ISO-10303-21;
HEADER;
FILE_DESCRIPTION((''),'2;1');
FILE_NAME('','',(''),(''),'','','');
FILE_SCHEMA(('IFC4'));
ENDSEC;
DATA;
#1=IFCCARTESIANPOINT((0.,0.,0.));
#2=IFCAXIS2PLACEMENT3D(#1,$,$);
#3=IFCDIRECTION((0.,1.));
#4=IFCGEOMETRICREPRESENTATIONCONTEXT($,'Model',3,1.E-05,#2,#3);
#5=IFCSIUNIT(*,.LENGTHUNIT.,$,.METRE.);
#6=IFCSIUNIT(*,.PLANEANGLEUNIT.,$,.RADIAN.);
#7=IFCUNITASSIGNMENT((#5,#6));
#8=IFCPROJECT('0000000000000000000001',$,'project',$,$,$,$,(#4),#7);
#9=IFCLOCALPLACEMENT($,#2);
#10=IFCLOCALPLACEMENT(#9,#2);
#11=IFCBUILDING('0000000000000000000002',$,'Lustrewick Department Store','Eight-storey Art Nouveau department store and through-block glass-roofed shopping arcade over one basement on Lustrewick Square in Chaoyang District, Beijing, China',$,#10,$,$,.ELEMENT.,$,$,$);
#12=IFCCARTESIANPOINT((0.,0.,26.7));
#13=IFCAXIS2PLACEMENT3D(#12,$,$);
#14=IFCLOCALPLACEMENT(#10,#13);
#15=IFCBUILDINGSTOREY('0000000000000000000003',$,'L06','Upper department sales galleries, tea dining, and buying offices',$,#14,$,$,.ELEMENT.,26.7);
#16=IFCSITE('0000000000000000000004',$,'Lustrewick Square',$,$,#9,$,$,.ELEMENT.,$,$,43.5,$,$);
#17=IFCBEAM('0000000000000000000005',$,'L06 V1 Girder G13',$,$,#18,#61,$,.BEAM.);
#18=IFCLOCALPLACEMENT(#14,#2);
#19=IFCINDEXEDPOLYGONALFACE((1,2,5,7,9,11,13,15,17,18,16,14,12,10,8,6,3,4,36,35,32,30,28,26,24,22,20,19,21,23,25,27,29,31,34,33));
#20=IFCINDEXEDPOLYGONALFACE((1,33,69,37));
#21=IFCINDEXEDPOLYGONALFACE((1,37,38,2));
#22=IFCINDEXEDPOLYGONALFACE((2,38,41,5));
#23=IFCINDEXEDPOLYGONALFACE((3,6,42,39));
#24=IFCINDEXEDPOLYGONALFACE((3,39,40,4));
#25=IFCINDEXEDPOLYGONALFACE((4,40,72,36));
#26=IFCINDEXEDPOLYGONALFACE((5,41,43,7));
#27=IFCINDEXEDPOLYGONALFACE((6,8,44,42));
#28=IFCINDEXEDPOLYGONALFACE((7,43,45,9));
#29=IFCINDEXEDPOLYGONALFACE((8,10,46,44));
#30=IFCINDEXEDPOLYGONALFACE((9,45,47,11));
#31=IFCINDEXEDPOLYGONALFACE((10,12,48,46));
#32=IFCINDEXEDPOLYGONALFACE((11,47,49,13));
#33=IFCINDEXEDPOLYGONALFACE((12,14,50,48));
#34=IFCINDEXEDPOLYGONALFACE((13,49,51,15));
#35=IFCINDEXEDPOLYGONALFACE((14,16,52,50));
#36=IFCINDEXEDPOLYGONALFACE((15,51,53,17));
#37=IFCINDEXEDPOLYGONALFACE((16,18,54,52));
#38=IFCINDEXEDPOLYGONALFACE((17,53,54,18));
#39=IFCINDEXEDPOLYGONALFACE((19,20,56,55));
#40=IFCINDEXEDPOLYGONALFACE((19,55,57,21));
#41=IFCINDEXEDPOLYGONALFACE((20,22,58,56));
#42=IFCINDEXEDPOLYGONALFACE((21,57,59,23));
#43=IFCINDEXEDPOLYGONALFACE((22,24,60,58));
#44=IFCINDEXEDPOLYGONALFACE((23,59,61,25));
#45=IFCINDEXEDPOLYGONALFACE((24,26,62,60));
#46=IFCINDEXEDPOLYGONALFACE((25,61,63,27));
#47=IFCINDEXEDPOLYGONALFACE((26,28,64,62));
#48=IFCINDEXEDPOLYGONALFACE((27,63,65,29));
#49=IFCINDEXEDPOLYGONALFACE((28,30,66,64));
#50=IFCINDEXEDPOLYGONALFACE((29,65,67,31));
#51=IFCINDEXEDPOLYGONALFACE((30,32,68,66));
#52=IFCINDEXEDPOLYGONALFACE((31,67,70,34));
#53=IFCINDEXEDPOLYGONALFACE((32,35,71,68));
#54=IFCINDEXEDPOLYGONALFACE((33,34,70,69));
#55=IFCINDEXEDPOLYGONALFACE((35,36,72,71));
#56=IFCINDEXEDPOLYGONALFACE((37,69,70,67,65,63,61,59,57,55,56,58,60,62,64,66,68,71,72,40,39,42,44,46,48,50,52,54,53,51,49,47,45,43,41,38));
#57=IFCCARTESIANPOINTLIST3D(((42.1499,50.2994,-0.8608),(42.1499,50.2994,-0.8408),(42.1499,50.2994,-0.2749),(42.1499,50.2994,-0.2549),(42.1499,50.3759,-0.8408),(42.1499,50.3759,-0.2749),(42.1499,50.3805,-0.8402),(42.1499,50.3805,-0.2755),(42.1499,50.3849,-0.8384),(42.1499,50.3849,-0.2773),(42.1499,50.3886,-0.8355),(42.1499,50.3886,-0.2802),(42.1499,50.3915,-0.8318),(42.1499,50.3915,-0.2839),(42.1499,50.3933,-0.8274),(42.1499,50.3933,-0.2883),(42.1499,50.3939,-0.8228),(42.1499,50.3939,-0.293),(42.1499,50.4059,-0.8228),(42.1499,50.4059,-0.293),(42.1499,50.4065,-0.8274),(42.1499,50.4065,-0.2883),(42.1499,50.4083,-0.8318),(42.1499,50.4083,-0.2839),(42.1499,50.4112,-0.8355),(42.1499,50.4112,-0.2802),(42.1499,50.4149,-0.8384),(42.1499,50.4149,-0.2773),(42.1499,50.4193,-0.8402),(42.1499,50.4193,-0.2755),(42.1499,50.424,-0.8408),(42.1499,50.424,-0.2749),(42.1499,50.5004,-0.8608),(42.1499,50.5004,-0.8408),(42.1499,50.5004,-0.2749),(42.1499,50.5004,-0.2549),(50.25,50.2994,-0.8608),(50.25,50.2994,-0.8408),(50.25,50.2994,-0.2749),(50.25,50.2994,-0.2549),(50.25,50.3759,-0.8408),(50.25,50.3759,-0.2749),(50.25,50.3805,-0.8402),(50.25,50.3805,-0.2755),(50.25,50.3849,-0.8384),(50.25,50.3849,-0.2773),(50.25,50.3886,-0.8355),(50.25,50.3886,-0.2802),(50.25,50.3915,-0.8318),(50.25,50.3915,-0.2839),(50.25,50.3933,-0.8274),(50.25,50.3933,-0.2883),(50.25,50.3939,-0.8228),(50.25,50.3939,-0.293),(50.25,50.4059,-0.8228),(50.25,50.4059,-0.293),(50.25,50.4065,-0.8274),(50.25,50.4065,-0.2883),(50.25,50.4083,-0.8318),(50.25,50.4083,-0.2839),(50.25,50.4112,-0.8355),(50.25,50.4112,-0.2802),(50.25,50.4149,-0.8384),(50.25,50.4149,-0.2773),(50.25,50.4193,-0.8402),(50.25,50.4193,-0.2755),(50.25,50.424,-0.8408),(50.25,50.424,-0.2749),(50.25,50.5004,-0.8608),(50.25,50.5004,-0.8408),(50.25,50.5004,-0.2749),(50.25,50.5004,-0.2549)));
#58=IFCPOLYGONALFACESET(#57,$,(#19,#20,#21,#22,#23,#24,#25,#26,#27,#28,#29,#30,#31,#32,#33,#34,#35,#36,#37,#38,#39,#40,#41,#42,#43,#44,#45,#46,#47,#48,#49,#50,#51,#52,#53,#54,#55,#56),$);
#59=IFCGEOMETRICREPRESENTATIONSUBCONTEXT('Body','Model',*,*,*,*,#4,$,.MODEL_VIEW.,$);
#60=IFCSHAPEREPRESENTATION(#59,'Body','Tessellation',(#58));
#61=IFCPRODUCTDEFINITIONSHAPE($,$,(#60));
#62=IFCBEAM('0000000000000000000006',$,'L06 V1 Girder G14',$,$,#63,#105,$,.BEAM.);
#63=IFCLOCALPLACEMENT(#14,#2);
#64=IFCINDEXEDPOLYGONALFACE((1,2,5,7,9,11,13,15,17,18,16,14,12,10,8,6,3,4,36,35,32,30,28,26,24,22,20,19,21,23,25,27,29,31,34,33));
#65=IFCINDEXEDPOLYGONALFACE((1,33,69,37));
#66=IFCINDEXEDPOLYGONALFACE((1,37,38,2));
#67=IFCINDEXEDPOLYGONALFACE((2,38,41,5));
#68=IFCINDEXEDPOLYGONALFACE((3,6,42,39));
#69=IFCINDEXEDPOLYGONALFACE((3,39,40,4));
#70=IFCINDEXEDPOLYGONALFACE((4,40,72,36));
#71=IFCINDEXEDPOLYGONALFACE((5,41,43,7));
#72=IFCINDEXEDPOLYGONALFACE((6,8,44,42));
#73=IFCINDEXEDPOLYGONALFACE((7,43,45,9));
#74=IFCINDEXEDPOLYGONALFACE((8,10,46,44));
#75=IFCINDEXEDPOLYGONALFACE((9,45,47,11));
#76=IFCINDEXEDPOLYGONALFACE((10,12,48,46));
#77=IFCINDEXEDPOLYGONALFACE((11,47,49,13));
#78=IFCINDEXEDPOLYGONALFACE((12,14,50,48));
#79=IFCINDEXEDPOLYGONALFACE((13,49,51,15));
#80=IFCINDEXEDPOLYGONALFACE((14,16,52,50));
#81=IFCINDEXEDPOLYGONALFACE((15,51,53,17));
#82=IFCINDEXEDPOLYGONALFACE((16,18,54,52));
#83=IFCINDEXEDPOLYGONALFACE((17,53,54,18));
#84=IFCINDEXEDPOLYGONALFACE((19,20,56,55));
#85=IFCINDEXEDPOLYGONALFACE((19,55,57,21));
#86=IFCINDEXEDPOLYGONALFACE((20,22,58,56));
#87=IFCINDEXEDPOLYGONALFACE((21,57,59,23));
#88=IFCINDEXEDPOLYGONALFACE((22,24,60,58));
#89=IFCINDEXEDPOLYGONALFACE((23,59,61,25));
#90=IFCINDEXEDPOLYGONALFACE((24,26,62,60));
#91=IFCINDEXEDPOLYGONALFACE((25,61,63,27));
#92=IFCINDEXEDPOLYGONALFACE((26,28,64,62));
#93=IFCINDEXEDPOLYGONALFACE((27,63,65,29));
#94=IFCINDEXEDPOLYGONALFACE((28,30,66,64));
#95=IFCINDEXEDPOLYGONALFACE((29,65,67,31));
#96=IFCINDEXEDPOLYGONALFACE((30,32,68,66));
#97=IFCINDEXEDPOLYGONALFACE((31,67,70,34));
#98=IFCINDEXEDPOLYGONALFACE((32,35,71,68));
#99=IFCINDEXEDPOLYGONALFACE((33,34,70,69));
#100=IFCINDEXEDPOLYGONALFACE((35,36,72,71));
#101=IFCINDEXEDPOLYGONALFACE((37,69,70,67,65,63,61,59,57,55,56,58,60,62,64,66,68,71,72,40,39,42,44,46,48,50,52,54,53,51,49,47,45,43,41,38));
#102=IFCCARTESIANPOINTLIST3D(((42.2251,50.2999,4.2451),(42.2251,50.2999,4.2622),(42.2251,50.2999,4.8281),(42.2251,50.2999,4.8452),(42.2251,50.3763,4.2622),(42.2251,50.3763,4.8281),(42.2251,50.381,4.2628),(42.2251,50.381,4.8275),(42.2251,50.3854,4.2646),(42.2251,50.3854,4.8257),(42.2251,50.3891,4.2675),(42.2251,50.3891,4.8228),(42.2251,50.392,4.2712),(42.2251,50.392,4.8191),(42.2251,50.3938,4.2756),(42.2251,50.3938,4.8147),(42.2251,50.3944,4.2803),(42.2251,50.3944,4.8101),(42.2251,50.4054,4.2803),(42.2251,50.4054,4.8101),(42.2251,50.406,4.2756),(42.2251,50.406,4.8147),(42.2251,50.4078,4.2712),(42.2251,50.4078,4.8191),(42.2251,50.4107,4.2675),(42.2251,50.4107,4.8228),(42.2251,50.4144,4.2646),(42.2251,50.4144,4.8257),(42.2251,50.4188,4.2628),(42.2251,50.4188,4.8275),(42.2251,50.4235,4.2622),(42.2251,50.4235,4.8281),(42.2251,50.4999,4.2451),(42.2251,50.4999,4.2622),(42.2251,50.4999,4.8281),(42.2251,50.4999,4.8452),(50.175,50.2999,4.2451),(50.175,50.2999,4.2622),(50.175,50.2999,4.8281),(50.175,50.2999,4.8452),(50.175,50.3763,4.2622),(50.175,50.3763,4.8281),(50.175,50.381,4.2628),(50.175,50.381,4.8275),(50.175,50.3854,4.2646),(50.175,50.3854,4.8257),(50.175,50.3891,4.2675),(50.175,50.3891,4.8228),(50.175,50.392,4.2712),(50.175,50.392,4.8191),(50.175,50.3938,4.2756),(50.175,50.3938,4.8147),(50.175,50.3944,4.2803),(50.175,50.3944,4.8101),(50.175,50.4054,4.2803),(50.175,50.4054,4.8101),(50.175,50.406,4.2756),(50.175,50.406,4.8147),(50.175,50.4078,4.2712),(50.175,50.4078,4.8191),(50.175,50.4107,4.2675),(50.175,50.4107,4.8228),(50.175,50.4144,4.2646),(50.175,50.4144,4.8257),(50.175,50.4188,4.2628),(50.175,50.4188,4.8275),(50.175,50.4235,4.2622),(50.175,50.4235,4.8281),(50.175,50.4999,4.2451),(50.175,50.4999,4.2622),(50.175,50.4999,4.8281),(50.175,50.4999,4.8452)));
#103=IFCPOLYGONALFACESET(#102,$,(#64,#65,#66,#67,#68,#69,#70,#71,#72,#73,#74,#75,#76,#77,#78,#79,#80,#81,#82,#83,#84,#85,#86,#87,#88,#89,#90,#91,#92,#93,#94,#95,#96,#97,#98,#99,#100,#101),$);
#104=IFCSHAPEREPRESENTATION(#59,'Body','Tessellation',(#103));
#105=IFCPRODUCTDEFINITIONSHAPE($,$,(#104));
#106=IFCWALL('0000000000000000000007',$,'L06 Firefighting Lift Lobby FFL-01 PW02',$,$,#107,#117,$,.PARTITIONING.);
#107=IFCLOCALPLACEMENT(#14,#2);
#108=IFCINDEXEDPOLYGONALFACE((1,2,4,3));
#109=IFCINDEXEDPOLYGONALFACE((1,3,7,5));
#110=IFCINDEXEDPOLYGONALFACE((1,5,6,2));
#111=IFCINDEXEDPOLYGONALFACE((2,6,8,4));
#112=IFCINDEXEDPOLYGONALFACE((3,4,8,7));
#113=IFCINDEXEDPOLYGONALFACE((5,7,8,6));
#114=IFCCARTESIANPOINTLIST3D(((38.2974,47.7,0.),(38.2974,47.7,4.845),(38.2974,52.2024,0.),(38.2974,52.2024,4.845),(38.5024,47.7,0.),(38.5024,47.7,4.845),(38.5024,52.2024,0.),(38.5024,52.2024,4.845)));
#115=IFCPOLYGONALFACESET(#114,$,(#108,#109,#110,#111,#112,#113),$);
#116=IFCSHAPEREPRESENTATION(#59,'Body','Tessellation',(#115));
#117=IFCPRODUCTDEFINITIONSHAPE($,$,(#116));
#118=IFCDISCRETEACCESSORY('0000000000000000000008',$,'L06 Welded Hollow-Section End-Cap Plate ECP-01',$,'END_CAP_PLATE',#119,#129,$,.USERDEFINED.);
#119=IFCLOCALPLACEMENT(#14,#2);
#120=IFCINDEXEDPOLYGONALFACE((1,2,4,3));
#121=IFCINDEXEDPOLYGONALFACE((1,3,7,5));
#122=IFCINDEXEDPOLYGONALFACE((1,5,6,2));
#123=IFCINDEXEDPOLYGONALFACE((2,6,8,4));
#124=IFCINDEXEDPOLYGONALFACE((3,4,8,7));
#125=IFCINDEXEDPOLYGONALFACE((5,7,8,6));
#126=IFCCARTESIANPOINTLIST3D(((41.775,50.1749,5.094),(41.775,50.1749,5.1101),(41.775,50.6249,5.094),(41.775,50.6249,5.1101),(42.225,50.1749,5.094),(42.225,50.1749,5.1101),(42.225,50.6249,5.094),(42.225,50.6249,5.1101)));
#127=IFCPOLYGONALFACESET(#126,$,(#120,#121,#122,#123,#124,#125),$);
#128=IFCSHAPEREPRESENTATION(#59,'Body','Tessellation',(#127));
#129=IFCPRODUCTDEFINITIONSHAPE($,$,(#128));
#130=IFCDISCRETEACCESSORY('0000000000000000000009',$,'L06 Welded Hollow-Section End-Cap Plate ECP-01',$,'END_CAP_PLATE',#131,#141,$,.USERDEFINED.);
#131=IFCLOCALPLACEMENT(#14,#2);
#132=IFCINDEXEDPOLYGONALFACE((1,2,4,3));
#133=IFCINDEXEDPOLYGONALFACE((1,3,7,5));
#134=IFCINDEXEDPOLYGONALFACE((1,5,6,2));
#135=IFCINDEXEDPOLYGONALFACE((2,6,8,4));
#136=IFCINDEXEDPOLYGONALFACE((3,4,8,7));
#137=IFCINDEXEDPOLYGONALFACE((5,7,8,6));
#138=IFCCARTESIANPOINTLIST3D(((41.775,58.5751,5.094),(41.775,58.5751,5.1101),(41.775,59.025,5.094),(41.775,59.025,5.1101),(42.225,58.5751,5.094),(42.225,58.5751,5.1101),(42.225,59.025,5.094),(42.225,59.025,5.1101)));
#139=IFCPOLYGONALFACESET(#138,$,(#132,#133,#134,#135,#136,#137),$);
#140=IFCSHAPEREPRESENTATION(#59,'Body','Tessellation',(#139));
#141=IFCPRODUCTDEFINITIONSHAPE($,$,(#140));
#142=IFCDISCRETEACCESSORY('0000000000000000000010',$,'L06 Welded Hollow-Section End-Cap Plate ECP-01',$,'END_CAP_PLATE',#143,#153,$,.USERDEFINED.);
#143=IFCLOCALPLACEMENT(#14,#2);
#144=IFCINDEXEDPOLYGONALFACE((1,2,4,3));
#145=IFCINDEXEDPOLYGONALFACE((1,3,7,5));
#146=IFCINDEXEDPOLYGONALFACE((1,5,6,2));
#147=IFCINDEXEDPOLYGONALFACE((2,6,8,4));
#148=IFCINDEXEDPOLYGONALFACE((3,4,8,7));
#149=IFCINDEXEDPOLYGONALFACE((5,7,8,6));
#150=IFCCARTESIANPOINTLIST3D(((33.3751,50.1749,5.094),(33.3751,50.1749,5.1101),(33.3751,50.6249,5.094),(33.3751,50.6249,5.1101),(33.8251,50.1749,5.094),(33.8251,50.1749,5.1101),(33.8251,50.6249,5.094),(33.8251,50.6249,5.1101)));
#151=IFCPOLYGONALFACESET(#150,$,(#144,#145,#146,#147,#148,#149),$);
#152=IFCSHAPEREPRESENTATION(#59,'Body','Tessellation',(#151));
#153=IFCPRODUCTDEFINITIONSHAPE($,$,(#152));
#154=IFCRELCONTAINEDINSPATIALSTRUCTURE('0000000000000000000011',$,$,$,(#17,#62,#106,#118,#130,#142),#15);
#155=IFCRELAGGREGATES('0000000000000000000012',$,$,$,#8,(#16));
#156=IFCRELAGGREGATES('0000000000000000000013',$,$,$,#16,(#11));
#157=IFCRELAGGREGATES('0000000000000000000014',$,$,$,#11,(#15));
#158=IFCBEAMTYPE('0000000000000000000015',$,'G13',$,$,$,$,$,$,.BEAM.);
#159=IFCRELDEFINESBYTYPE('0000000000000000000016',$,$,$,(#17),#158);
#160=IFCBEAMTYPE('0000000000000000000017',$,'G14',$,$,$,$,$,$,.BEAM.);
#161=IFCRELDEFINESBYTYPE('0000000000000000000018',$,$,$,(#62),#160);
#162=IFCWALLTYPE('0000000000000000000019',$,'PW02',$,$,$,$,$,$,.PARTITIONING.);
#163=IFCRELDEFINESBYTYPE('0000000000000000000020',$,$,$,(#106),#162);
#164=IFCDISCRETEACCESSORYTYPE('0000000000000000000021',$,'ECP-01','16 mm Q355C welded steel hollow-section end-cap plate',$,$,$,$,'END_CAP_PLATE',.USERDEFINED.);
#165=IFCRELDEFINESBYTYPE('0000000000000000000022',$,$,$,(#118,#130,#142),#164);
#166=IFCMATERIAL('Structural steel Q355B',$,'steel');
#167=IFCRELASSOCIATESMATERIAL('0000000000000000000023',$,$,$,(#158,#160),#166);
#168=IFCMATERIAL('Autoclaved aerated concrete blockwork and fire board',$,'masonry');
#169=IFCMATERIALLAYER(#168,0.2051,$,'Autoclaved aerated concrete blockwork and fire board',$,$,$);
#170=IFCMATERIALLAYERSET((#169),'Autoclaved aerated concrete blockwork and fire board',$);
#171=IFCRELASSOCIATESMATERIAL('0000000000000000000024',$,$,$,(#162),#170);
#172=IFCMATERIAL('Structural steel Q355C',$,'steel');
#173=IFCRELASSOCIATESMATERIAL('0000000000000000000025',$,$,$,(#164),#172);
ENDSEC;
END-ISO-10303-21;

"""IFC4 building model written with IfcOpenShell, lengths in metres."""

from ifc_helpers import new_model, si_unit, direction, frame, frame_2d, origin, origin_2d, place, context, subcontext, project, spatial, rectangle, i_section, extrude, material, layer, layer_set, material_profile, profile_set, type_object, element, save


model = new_model("IFC4")

# Units and contexts
model_context = context("Model", 3, precision=1e-05, world=origin(), true_north=direction((0.0, 1.0)))
body_context = subcontext(model_context, "Body", "Model", "MODEL_VIEW")
ifc_project = project(units=[si_unit("LENGTHUNIT", "METRE"), si_unit("PLANEANGLEUNIT", "RADIAN")], contexts=[model_context])

# Site, building, storey
site_placement = place(None, origin())
site = spatial("IfcSite", under=ifc_project, at=site_placement, Name="Lustrewick Square", CompositionType="ELEMENT", RefElevation=43.5)
building_placement = place(site_placement, origin())
building = spatial("IfcBuilding", under=site, at=building_placement, Name="Lustrewick Department Store", Description="Eight-storey Art Nouveau department store and through-block glass-roofed shopping arcade over one basement on Lustrewick Square in Chaoyang District, Beijing, China", CompositionType="ELEMENT")
storey_placement = place(building_placement, frame((0.0, 0.0, 26.7)))
storey = spatial("IfcBuildingStorey", under=building, at=storey_placement, Name="L06", Description="Upper department sales galleries, tea dining, and buying offices", CompositionType="ELEMENT", Elevation=26.7)

# Shared definitions
ifc_material_1 = material(Name="Structural steel Q355B", Category="steel")

# Beams
ifc_material_2 = material(Name="Structural steel Q355C", Category="steel")
ifc_material_profile_1 = material_profile(ifc_material_1, i_section(OverallWidth=0.2009, OverallDepth=0.606, WebThickness=0.012, FlangeThickness=0.02, FilletRadius=0.0181, at=origin_2d()), Name="HN 606x201x12x20")
ifc_profile_set_1 = profile_set([ifc_material_profile_1], Name="Structural steel Q355B")
beam_type_1 = type_object("IfcBeamType", Name="G13", PredefinedType="BEAM", material=ifc_profile_set_1)
beam_1_placement = place(storey_placement, frame((42.1499, 50.3999, -0.5579), z_axis=(1.0, 0.0, 0.0), x_axis=(0.0, 1.0, 0.0)))
element("IfcBeam", 1, at=beam_1_placement, inside=storey, type_object=beam_type_1, Name="L06 V1 Girder G13", PredefinedType="BEAM", context=body_context, shape_type="SweptSolid", body=[
    extrude(i_section(OverallWidth=0.2009, OverallDepth=0.606, WebThickness=0.012, FlangeThickness=0.02, FilletRadius=0.0181, at=origin_2d()), origin(), (0.0, 0.0, 1.0), 8.1001),
])
ifc_material_profile_2 = material_profile(ifc_material_1, i_section(OverallWidth=0.2, OverallDepth=0.6001, WebThickness=0.011, FlangeThickness=0.0171, FilletRadius=0.0181, at=origin_2d()), Name="HN 600x200x11x17")
ifc_profile_set_2 = profile_set([ifc_material_profile_2], Name="Structural steel Q355B")
beam_type_2 = type_object("IfcBeamType", Name="G14", PredefinedType="BEAM", material=ifc_profile_set_2)
beam_2_placement = place(storey_placement, frame((42.2251, 50.3999, 4.5452), z_axis=(1.0, 0.0, 0.0), x_axis=(0.0, 1.0, 0.0)))
element("IfcBeam", 2, at=beam_2_placement, inside=storey, type_object=beam_type_2, Name="L06 V1 Girder G14", PredefinedType="BEAM", context=body_context, shape_type="SweptSolid", body=[
    extrude(i_section(OverallWidth=0.2, OverallDepth=0.6001, WebThickness=0.011, FlangeThickness=0.0171, FilletRadius=0.0181, at=origin_2d()), origin(), (0.0, 0.0, 1.0), 7.95),
])

# Shared definitions
ifc_material_3 = material(Name="Autoclaved aerated concrete blockwork and fire board", Category="masonry")
ifc_layer = layer(ifc_material_3, 0.2051, Name="Autoclaved aerated concrete blockwork and fire board")
ifc_layer_set = layer_set([ifc_layer], Name="Autoclaved aerated concrete blockwork and fire board")
wall_type = type_object("IfcWallType", Name="PW02", PredefinedType="PARTITIONING", material=ifc_layer_set)

# Wall
wall_1_placement = place(storey_placement, frame((38.3999, 52.2024, 0.0), z_axis=(0.0, 0.0, 1.0), x_axis=(0.0, -1.0, 0.0)))
element("IfcWall", 3, at=wall_1_placement, inside=storey, type_object=wall_type, Name="L06 Firefighting Lift Lobby FFL-01 PW02", PredefinedType="PARTITIONING", context=body_context, shape_type="SweptSolid", body=[
    extrude(rectangle(XDim=4.5024, YDim=0.2051, at=frame_2d((2.2512, 0.0))), origin(), (0.0, 0.0, 1.0), 4.845),
])

# Discrete accessories
discrete_accessory_type = type_object("IfcDiscreteAccessoryType", Name="ECP-01", Description="16 mm Q355C welded steel hollow-section end-cap plate", ElementType="END_CAP_PLATE", PredefinedType="USERDEFINED", material=ifc_material_2)
for number, where, z_axis, x_axis, name in (
    (4, (42.0, 50.3999, 5.094), (0.0, 0.0, 1.0), (1.0, 0.0, 0.0), "L06 Welded Hollow-Section End-Cap Plate ECP-01"),
    (5, (42.0, 58.8, 5.094), (0.0, 0.0, 1.0), (1.0, 0.0, 0.0), "L06 Welded Hollow-Section End-Cap Plate ECP-01"),
    (6, (33.6001, 50.3999, 5.094), (0.0, 0.0, 1.0), (1.0, 0.0, 0.0), "L06 Welded Hollow-Section End-Cap Plate ECP-01"),
):
    element("IfcDiscreteAccessory", number, at=place(storey_placement, frame(where, z_axis=z_axis, x_axis=x_axis)), inside=storey, type_object=discrete_accessory_type, Name=name, ObjectType="END_CAP_PLATE", PredefinedType="USERDEFINED", context=body_context, shape_type="SweptSolid", body=[
        extrude(rectangle(XDim=0.45, YDim=0.45, at=origin_2d()), origin(), (0.0, 0.0, 1.0), 0.0161),
    ])

save(model, "model.ifc")
